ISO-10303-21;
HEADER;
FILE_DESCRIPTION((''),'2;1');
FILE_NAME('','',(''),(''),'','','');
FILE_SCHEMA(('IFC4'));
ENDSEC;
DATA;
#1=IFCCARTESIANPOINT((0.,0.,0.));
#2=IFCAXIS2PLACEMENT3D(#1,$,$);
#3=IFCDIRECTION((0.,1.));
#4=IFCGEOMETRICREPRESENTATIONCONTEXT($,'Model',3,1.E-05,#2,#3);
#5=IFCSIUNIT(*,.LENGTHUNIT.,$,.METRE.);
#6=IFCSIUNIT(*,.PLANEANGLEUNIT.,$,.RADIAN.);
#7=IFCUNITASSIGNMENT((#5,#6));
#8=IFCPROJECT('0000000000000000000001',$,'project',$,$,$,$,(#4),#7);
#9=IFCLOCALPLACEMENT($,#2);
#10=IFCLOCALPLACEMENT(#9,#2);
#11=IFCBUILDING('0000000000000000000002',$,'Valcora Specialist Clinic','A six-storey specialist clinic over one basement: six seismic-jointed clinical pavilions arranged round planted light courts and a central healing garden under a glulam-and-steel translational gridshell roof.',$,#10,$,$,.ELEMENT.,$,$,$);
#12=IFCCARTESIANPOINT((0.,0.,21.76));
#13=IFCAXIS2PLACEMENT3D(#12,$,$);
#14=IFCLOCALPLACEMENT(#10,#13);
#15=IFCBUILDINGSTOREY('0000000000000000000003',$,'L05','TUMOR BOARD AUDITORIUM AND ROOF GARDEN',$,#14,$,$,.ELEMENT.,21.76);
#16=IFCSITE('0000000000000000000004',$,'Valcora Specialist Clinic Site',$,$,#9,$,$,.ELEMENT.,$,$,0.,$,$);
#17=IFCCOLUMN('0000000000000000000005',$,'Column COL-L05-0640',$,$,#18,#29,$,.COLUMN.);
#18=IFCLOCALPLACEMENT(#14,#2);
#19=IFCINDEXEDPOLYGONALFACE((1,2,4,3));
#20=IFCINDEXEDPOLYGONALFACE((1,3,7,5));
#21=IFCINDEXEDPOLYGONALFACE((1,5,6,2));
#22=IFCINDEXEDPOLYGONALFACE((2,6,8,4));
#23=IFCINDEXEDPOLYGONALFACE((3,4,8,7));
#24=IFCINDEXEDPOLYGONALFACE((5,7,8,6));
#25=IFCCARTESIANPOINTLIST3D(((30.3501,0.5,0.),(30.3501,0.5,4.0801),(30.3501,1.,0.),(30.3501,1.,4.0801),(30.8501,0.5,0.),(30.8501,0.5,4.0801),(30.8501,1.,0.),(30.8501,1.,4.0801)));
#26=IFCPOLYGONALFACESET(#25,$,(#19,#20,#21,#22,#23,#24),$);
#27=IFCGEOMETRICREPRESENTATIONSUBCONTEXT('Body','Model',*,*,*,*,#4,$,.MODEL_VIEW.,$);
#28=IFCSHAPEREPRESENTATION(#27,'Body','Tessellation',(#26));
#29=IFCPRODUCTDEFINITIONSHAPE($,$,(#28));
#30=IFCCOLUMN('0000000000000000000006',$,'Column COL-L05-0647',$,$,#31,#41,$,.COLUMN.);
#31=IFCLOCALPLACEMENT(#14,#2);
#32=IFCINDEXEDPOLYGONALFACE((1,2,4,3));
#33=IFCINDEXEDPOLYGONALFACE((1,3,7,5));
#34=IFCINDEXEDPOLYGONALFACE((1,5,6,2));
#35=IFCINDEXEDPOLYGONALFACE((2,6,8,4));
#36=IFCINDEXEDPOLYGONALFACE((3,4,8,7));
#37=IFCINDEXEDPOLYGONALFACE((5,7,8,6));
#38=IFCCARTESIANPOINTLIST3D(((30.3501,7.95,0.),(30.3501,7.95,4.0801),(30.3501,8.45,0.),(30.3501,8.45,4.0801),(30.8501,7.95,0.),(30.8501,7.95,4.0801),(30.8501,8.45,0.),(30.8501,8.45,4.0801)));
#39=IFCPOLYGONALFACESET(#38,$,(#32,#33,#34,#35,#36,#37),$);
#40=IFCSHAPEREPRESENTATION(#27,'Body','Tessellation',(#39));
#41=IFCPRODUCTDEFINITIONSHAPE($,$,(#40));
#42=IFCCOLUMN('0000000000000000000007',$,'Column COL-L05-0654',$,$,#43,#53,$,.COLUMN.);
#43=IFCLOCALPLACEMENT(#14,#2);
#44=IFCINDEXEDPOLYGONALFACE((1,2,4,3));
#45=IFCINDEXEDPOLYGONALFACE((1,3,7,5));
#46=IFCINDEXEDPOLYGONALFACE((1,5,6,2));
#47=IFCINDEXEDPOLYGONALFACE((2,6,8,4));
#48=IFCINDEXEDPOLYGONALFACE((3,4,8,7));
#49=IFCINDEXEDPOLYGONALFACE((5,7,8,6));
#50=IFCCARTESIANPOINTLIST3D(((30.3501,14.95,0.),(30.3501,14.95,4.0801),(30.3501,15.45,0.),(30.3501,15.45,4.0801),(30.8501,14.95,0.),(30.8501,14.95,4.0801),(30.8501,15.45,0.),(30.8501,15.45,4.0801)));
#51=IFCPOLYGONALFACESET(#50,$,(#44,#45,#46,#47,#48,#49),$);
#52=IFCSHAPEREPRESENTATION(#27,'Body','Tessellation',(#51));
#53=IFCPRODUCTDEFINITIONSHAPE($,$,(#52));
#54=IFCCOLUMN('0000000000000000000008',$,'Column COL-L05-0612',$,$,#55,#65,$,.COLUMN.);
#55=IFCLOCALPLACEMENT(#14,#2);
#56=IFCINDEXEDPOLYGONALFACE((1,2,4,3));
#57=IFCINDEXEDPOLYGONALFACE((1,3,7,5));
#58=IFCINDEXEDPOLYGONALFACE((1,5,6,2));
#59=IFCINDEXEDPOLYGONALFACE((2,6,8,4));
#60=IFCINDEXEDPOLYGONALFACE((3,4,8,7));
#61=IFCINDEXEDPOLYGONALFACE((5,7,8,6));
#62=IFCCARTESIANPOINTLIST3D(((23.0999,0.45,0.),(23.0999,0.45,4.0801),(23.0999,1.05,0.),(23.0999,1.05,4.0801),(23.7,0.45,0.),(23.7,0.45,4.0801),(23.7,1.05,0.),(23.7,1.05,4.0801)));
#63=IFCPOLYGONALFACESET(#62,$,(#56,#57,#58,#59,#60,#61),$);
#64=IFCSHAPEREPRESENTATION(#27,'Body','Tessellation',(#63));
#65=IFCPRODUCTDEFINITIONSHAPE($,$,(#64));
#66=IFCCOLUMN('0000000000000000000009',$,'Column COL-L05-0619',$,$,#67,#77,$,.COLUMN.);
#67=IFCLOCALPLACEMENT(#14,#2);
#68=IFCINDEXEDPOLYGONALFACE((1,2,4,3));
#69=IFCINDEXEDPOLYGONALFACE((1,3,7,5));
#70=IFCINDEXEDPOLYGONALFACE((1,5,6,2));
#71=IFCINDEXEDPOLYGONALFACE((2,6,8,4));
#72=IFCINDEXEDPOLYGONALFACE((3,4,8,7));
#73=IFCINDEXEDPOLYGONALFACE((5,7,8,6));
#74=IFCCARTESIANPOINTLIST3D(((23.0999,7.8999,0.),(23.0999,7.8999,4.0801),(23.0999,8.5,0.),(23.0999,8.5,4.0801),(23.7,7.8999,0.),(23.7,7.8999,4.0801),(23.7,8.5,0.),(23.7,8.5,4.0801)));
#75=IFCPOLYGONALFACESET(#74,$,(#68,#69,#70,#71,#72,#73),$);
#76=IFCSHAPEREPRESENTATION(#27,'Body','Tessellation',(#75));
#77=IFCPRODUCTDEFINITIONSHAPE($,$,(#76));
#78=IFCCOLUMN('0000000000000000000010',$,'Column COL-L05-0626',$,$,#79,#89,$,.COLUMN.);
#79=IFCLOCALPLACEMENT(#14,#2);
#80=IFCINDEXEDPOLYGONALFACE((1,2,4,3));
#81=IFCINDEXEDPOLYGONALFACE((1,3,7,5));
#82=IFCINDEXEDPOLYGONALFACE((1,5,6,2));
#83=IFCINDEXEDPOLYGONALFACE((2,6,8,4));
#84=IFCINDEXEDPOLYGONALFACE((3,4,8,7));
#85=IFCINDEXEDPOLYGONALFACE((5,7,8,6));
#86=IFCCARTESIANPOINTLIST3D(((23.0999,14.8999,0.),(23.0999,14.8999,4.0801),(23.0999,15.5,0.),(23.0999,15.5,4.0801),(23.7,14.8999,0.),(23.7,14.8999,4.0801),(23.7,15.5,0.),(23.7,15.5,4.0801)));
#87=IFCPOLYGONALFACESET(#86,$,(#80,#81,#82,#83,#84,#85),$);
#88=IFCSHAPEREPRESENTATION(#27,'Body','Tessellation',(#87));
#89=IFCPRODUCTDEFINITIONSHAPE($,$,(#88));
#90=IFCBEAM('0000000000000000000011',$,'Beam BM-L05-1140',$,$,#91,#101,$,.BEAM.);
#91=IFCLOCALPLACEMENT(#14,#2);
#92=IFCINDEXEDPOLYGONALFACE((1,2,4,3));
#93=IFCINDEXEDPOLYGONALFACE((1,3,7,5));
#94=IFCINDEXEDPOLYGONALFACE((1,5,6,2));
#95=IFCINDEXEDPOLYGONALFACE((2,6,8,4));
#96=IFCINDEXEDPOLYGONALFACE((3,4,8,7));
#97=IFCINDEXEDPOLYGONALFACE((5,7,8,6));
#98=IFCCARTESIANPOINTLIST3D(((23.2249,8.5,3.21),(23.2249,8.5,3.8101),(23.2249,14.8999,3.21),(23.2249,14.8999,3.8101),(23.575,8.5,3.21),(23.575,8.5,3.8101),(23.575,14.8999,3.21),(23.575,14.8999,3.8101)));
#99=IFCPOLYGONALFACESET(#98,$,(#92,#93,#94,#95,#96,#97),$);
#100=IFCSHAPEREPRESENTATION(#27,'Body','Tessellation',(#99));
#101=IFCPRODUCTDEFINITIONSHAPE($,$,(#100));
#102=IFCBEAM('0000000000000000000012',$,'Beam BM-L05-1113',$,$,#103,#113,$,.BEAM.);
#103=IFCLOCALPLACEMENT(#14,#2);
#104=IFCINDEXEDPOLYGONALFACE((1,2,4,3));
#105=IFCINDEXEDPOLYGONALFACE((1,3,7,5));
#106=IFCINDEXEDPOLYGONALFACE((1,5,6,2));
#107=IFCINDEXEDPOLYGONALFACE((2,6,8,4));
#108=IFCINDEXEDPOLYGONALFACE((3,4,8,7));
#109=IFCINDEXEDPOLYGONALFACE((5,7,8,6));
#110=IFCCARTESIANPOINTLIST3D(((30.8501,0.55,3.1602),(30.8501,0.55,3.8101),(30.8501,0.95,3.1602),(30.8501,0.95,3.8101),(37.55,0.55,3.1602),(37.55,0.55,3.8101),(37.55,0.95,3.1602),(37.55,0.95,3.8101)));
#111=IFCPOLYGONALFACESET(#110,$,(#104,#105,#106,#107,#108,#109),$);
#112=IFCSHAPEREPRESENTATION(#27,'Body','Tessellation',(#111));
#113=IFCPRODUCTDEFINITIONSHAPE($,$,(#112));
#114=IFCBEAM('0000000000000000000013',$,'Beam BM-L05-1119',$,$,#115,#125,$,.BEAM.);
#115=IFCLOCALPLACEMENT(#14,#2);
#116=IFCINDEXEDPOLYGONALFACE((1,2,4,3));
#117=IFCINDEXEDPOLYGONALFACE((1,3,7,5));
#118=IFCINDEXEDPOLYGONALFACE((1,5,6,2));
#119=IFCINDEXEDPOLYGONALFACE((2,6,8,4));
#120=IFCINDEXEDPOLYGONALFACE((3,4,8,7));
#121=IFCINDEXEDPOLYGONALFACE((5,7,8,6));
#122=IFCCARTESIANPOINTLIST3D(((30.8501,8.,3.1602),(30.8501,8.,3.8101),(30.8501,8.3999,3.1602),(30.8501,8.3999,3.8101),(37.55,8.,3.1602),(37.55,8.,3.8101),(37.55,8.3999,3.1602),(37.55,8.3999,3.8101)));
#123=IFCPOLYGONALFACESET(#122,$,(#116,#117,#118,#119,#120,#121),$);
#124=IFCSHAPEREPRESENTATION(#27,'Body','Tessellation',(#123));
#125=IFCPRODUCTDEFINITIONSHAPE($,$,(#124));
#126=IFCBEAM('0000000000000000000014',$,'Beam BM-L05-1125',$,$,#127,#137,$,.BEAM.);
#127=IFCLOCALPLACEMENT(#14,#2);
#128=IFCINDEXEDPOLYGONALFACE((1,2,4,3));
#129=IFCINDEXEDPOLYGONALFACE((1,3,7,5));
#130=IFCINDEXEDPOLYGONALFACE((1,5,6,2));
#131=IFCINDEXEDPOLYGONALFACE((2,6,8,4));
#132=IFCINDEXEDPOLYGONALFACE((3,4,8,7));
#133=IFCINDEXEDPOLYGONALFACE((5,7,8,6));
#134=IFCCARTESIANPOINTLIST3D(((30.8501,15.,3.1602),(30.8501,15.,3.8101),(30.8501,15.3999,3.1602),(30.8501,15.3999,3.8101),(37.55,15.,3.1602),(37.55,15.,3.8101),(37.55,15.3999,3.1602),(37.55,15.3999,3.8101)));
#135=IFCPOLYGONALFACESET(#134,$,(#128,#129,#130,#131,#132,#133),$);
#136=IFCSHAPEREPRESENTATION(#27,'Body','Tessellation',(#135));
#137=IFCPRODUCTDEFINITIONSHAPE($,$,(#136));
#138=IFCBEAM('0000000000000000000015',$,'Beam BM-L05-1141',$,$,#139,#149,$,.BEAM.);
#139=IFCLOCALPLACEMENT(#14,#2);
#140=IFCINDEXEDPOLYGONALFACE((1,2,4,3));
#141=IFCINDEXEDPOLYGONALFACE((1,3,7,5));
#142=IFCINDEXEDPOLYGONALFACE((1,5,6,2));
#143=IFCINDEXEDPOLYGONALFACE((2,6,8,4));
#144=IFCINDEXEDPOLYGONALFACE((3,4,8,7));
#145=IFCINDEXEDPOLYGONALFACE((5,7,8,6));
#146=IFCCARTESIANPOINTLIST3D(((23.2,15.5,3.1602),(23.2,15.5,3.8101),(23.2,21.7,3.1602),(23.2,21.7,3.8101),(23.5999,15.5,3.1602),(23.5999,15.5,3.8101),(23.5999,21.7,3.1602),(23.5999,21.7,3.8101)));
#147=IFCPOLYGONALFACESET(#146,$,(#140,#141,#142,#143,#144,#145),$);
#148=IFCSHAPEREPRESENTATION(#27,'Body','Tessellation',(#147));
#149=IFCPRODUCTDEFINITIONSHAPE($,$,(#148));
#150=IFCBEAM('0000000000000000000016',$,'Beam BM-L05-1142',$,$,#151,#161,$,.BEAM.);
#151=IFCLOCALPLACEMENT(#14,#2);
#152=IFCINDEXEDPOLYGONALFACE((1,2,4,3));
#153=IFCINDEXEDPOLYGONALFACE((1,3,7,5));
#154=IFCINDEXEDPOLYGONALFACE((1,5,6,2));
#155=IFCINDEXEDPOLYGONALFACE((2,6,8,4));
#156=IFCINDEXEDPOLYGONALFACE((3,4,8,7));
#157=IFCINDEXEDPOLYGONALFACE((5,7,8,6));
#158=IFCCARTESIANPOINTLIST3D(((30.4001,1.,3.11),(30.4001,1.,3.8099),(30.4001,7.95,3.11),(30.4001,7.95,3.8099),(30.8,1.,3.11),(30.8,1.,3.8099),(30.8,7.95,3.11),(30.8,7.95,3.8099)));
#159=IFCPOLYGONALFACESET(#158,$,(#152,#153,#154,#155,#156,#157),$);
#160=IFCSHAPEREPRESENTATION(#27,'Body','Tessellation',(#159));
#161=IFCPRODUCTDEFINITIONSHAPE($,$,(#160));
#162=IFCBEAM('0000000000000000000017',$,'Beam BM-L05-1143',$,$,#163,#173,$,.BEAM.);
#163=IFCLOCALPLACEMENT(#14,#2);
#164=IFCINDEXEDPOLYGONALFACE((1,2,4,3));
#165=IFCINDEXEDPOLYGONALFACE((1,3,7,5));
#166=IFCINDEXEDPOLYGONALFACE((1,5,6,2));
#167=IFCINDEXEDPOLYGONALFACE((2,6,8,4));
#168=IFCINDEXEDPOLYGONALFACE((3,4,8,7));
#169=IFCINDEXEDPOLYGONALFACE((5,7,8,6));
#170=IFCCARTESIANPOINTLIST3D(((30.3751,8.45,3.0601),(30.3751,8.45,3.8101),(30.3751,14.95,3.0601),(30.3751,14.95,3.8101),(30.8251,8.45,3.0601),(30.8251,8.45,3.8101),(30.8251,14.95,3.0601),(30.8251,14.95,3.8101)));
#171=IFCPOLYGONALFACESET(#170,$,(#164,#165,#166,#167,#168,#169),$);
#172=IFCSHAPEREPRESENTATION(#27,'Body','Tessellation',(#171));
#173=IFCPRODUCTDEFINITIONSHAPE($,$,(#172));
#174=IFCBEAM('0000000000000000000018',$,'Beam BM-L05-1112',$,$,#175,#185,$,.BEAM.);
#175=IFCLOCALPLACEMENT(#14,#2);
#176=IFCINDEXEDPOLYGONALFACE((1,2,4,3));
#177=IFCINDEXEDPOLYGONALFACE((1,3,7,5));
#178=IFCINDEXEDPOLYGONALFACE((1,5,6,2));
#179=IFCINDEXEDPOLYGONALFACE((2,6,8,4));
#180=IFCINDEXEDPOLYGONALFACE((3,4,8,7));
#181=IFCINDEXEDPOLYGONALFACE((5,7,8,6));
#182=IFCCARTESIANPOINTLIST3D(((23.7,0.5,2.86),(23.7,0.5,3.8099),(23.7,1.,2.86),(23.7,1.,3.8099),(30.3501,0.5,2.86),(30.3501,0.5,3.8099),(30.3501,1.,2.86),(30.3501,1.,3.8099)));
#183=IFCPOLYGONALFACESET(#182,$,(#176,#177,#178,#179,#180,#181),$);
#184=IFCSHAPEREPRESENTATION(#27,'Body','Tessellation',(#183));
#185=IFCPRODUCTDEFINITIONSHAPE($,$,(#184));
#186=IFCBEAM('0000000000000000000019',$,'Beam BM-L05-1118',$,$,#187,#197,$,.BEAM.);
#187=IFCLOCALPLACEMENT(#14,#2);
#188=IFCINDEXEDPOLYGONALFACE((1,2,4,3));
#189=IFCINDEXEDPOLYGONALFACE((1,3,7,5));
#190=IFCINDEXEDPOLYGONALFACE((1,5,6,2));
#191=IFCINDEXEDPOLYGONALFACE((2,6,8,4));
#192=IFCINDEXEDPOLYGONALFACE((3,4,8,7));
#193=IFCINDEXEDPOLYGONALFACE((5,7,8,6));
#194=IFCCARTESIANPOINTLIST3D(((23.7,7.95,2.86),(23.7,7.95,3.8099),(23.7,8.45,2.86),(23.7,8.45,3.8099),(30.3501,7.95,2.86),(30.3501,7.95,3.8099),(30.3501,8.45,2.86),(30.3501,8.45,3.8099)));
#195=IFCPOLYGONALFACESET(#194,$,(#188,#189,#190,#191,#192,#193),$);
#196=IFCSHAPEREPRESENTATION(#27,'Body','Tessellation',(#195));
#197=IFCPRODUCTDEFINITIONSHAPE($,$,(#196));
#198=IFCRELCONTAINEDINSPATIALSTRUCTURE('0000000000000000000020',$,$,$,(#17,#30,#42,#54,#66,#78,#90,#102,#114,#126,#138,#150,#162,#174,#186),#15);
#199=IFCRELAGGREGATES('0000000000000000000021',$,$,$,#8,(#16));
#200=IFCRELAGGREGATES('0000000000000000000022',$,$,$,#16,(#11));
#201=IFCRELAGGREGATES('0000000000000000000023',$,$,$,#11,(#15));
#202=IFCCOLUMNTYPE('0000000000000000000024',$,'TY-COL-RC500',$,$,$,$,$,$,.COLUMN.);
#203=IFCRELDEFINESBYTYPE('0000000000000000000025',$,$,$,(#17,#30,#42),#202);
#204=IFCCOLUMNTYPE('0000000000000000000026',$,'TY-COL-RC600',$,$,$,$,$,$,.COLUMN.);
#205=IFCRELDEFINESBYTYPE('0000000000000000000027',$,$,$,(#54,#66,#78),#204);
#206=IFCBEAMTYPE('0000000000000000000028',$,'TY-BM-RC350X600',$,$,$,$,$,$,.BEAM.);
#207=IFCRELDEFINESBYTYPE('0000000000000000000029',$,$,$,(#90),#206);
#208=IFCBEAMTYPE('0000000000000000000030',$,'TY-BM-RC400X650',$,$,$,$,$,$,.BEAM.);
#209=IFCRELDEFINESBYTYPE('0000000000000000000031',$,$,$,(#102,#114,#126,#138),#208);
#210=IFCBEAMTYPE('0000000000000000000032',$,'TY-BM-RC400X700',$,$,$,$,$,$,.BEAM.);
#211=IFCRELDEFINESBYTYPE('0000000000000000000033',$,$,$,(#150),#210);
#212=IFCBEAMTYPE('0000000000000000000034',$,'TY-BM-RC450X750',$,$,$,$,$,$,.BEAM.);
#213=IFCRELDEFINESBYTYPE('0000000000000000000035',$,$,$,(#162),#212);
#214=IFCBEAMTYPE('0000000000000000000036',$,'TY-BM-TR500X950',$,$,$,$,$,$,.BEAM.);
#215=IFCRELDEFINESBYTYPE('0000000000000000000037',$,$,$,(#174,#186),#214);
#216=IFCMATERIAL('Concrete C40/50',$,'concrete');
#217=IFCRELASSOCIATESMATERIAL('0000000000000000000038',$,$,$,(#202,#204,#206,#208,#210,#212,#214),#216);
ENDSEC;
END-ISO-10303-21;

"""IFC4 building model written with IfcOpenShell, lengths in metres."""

from ifc_helpers import new_model, si_unit, direction, frame, origin, origin_2d, place, context, subcontext, project, spatial, rectangle, extrude, material, material_profile, profile_set, type_object, element, save


model = new_model("IFC4")

# Units and contexts
model_context = context("Model", 3, precision=1e-05, world=origin(), true_north=direction((0.0, 1.0)))
body_context = subcontext(model_context, "Body", "Model", "MODEL_VIEW")
ifc_project = project(units=[si_unit("LENGTHUNIT", "METRE"), si_unit("PLANEANGLEUNIT", "RADIAN")], contexts=[model_context])

# Site, building, storey
site_placement = place(None, origin())
site = spatial("IfcSite", under=ifc_project, at=site_placement, Name="Valcora Specialist Clinic Site", CompositionType="ELEMENT", RefElevation=0.0)
building_placement = place(site_placement, origin())
building = spatial("IfcBuilding", under=site, at=building_placement, Name="Valcora Specialist Clinic", Description="A six-storey specialist clinic over one basement: six seismic-jointed clinical pavilions arranged round planted light courts and a central healing garden under a glulam-and-steel translational gridshell roof.", CompositionType="ELEMENT")
storey_placement = place(building_placement, frame((0.0, 0.0, 21.76)))
storey = spatial("IfcBuildingStorey", under=building, at=storey_placement, Name="L05", Description="TUMOR BOARD AUDITORIUM AND ROOF GARDEN", CompositionType="ELEMENT", Elevation=21.76)

# Columns
ifc_material_1 = material(Name="Concrete C40/50", Category="concrete")
ifc_material_profile_1 = material_profile(ifc_material_1, rectangle(XDim=0.5, YDim=0.5, at=origin_2d()), Name="RC-COL-500X500")
ifc_profile_set_1 = profile_set([ifc_material_profile_1], Name="Concrete C40/50")
column_type_1 = type_object("IfcColumnType", Name="TY-COL-RC500", PredefinedType="COLUMN", material=ifc_profile_set_1)
for number, where, z_axis, x_axis, name in (
    (1, (30.6001, 0.75, 0.0), (0.0, 0.0, 1.0), (1.0, 0.0, 0.0), "Column COL-L05-0640"),
    (2, (30.6001, 8.2, 0.0), (0.0, 0.0, 1.0), (1.0, 0.0, 0.0), "Column COL-L05-0647"),
    (3, (30.6001, 15.2, 0.0), (0.0, 0.0, 1.0), (1.0, 0.0, 0.0), "Column COL-L05-0654"),
):
    element("IfcColumn", number, at=place(storey_placement, frame(where, z_axis=z_axis, x_axis=x_axis)), inside=storey, type_object=column_type_1, Name=name, PredefinedType="COLUMN", context=body_context, shape_type="SweptSolid", body=[
        extrude(rectangle(XDim=0.5, YDim=0.5, at=origin_2d()), origin(), (0.0, 0.0, 1.0), 4.0801),
    ])
ifc_material_profile_2 = material_profile(ifc_material_1, rectangle(XDim=0.6001, YDim=0.6001, at=origin_2d()), Name="RC-COL-600X600")
ifc_profile_set_2 = profile_set([ifc_material_profile_2], Name="Concrete C40/50")
column_type_2 = type_object("IfcColumnType", Name="TY-COL-RC600", PredefinedType="COLUMN", material=ifc_profile_set_2)
for number, where, z_axis, x_axis, name in (
    (4, (23.3999, 0.75, 0.0), (0.0, 0.0, 1.0), (1.0, 0.0, 0.0), "Column COL-L05-0612"),
    (5, (23.3999, 8.2, 0.0), (0.0, 0.0, 1.0), (1.0, 0.0, 0.0), "Column COL-L05-0619"),
    (6, (23.3999, 15.2, 0.0), (0.0, 0.0, 1.0), (1.0, 0.0, 0.0), "Column COL-L05-0626"),
):
    element("IfcColumn", number, at=place(storey_placement, frame(where, z_axis=z_axis, x_axis=x_axis)), inside=storey, type_object=column_type_2, Name=name, PredefinedType="COLUMN", context=body_context, shape_type="SweptSolid", body=[
        extrude(rectangle(XDim=0.6001, YDim=0.6001, at=origin_2d()), origin(), (0.0, 0.0, 1.0), 4.0801),
    ])

# Beams
ifc_material_profile_3 = material_profile(ifc_material_1, rectangle(XDim=0.3501, YDim=0.6001, at=origin_2d()), Name="RC-BM-350X600")
ifc_profile_set_3 = profile_set([ifc_material_profile_3], Name="Concrete C40/50")
beam_type_1 = type_object("IfcBeamType", Name="TY-BM-RC350X600", PredefinedType="BEAM", material=ifc_profile_set_3)
beam_1_placement = place(storey_placement, frame((23.3999, 8.5, 3.51), z_axis=(0.0, 1.0, 0.0), x_axis=(-1.0, 0.0, 0.0)))
element("IfcBeam", 7, at=beam_1_placement, inside=storey, type_object=beam_type_1, Name="Beam BM-L05-1140", PredefinedType="BEAM", context=body_context, shape_type="SweptSolid", body=[
    extrude(rectangle(XDim=0.3501, YDim=0.6001, at=origin_2d()), origin(), (0.0, 0.0, 1.0), 6.3999),
])
ifc_material_profile_4 = material_profile(ifc_material_1, rectangle(XDim=0.3999, YDim=0.6499, at=origin_2d()), Name="RC-BM-400X650")
ifc_profile_set_4 = profile_set([ifc_material_profile_4], Name="Concrete C40/50")
beam_type_2 = type_object("IfcBeamType", Name="TY-BM-RC400X650", PredefinedType="BEAM", material=ifc_profile_set_4)
for number, where, z_axis, x_axis, name in (
    (8, (30.8501, 0.75, 3.4851), (1.0, 0.0, 0.0), (0.0, 1.0, 0.0), "Beam BM-L05-1113"),
    (9, (30.8501, 8.2, 3.4851), (1.0, 0.0, 0.0), (0.0, 1.0, 0.0), "Beam BM-L05-1119"),
    (10, (30.8501, 15.2, 3.4851), (1.0, 0.0, 0.0), (0.0, 1.0, 0.0), "Beam BM-L05-1125"),
):
    element("IfcBeam", number, at=place(storey_placement, frame(where, z_axis=z_axis, x_axis=x_axis)), inside=storey, type_object=beam_type_2, Name=name, PredefinedType="BEAM", context=body_context, shape_type="SweptSolid", body=[
        extrude(rectangle(XDim=0.3999, YDim=0.6499, at=origin_2d()), origin(), (0.0, 0.0, 1.0), 6.7),
    ])
beam_2_placement = place(storey_placement, frame((23.3999, 15.5, 3.4851), z_axis=(0.0, 1.0, 0.0), x_axis=(-1.0, 0.0, 0.0)))
element("IfcBeam", 11, at=beam_2_placement, inside=storey, type_object=beam_type_2, Name="Beam BM-L05-1141", PredefinedType="BEAM", context=body_context, shape_type="SweptSolid", body=[
    extrude(rectangle(XDim=0.3999, YDim=0.6499, at=origin_2d()), origin(), (0.0, 0.0, 1.0), 6.2),
])
ifc_material_profile_5 = material_profile(ifc_material_1, rectangle(XDim=0.3999, YDim=0.7, at=origin_2d()), Name="RC-BM-400X700")
ifc_profile_set_5 = profile_set([ifc_material_profile_5], Name="Concrete C40/50")
beam_type_3 = type_object("IfcBeamType", Name="TY-BM-RC400X700", PredefinedType="BEAM", material=ifc_profile_set_5)
beam_3_placement = place(storey_placement, frame((30.6001, 1.0, 3.46), z_axis=(0.0, 1.0, 0.0), x_axis=(-1.0, 0.0, 0.0)))
element("IfcBeam", 12, at=beam_3_placement, inside=storey, type_object=beam_type_3, Name="Beam BM-L05-1142", PredefinedType="BEAM", context=body_context, shape_type="SweptSolid", body=[
    extrude(rectangle(XDim=0.3999, YDim=0.7, at=origin_2d()), origin(), (0.0, 0.0, 1.0), 6.95),
])
ifc_material_profile_6 = material_profile(ifc_material_1, rectangle(XDim=0.45, YDim=0.75, at=origin_2d()), Name="RC-BM-450X750")
ifc_profile_set_6 = profile_set([ifc_material_profile_6], Name="Concrete C40/50")
beam_type_4 = type_object("IfcBeamType", Name="TY-BM-RC450X750", PredefinedType="BEAM", material=ifc_profile_set_6)
beam_4_placement = place(storey_placement, frame((30.6001, 8.45, 3.4351), z_axis=(0.0, 1.0, 0.0), x_axis=(-1.0, 0.0, 0.0)))
element("IfcBeam", 13, at=beam_4_placement, inside=storey, type_object=beam_type_4, Name="Beam BM-L05-1143", PredefinedType="BEAM", context=body_context, shape_type="SweptSolid", body=[
    extrude(rectangle(XDim=0.45, YDim=0.75, at=origin_2d()), origin(), (0.0, 0.0, 1.0), 6.5),
])
ifc_material_profile_7 = material_profile(ifc_material_1, rectangle(XDim=0.5, YDim=0.95, at=origin_2d()), Name="RC-BM-500X950")
ifc_profile_set_7 = profile_set([ifc_material_profile_7], Name="Concrete C40/50")
beam_type_5 = type_object("IfcBeamType", Name="TY-BM-TR500X950", PredefinedType="BEAM", material=ifc_profile_set_7)
for number, where, z_axis, x_axis, name in (
    (14, (23.7, 0.75, 3.335), (1.0, 0.0, 0.0), (0.0, 1.0, 0.0), "Beam BM-L05-1112"),
    (15, (23.7, 8.2, 3.335), (1.0, 0.0, 0.0), (0.0, 1.0, 0.0), "Beam BM-L05-1118"),
):
    element("IfcBeam", number, at=place(storey_placement, frame(where, z_axis=z_axis, x_axis=x_axis)), inside=storey, type_object=beam_type_5, Name=name, PredefinedType="BEAM", context=body_context, shape_type="SweptSolid", body=[
        extrude(rectangle(XDim=0.5, YDim=0.95, at=origin_2d()), origin(), (0.0, 0.0, 1.0), 6.6501),
    ])

save(model, "model.ifc")
